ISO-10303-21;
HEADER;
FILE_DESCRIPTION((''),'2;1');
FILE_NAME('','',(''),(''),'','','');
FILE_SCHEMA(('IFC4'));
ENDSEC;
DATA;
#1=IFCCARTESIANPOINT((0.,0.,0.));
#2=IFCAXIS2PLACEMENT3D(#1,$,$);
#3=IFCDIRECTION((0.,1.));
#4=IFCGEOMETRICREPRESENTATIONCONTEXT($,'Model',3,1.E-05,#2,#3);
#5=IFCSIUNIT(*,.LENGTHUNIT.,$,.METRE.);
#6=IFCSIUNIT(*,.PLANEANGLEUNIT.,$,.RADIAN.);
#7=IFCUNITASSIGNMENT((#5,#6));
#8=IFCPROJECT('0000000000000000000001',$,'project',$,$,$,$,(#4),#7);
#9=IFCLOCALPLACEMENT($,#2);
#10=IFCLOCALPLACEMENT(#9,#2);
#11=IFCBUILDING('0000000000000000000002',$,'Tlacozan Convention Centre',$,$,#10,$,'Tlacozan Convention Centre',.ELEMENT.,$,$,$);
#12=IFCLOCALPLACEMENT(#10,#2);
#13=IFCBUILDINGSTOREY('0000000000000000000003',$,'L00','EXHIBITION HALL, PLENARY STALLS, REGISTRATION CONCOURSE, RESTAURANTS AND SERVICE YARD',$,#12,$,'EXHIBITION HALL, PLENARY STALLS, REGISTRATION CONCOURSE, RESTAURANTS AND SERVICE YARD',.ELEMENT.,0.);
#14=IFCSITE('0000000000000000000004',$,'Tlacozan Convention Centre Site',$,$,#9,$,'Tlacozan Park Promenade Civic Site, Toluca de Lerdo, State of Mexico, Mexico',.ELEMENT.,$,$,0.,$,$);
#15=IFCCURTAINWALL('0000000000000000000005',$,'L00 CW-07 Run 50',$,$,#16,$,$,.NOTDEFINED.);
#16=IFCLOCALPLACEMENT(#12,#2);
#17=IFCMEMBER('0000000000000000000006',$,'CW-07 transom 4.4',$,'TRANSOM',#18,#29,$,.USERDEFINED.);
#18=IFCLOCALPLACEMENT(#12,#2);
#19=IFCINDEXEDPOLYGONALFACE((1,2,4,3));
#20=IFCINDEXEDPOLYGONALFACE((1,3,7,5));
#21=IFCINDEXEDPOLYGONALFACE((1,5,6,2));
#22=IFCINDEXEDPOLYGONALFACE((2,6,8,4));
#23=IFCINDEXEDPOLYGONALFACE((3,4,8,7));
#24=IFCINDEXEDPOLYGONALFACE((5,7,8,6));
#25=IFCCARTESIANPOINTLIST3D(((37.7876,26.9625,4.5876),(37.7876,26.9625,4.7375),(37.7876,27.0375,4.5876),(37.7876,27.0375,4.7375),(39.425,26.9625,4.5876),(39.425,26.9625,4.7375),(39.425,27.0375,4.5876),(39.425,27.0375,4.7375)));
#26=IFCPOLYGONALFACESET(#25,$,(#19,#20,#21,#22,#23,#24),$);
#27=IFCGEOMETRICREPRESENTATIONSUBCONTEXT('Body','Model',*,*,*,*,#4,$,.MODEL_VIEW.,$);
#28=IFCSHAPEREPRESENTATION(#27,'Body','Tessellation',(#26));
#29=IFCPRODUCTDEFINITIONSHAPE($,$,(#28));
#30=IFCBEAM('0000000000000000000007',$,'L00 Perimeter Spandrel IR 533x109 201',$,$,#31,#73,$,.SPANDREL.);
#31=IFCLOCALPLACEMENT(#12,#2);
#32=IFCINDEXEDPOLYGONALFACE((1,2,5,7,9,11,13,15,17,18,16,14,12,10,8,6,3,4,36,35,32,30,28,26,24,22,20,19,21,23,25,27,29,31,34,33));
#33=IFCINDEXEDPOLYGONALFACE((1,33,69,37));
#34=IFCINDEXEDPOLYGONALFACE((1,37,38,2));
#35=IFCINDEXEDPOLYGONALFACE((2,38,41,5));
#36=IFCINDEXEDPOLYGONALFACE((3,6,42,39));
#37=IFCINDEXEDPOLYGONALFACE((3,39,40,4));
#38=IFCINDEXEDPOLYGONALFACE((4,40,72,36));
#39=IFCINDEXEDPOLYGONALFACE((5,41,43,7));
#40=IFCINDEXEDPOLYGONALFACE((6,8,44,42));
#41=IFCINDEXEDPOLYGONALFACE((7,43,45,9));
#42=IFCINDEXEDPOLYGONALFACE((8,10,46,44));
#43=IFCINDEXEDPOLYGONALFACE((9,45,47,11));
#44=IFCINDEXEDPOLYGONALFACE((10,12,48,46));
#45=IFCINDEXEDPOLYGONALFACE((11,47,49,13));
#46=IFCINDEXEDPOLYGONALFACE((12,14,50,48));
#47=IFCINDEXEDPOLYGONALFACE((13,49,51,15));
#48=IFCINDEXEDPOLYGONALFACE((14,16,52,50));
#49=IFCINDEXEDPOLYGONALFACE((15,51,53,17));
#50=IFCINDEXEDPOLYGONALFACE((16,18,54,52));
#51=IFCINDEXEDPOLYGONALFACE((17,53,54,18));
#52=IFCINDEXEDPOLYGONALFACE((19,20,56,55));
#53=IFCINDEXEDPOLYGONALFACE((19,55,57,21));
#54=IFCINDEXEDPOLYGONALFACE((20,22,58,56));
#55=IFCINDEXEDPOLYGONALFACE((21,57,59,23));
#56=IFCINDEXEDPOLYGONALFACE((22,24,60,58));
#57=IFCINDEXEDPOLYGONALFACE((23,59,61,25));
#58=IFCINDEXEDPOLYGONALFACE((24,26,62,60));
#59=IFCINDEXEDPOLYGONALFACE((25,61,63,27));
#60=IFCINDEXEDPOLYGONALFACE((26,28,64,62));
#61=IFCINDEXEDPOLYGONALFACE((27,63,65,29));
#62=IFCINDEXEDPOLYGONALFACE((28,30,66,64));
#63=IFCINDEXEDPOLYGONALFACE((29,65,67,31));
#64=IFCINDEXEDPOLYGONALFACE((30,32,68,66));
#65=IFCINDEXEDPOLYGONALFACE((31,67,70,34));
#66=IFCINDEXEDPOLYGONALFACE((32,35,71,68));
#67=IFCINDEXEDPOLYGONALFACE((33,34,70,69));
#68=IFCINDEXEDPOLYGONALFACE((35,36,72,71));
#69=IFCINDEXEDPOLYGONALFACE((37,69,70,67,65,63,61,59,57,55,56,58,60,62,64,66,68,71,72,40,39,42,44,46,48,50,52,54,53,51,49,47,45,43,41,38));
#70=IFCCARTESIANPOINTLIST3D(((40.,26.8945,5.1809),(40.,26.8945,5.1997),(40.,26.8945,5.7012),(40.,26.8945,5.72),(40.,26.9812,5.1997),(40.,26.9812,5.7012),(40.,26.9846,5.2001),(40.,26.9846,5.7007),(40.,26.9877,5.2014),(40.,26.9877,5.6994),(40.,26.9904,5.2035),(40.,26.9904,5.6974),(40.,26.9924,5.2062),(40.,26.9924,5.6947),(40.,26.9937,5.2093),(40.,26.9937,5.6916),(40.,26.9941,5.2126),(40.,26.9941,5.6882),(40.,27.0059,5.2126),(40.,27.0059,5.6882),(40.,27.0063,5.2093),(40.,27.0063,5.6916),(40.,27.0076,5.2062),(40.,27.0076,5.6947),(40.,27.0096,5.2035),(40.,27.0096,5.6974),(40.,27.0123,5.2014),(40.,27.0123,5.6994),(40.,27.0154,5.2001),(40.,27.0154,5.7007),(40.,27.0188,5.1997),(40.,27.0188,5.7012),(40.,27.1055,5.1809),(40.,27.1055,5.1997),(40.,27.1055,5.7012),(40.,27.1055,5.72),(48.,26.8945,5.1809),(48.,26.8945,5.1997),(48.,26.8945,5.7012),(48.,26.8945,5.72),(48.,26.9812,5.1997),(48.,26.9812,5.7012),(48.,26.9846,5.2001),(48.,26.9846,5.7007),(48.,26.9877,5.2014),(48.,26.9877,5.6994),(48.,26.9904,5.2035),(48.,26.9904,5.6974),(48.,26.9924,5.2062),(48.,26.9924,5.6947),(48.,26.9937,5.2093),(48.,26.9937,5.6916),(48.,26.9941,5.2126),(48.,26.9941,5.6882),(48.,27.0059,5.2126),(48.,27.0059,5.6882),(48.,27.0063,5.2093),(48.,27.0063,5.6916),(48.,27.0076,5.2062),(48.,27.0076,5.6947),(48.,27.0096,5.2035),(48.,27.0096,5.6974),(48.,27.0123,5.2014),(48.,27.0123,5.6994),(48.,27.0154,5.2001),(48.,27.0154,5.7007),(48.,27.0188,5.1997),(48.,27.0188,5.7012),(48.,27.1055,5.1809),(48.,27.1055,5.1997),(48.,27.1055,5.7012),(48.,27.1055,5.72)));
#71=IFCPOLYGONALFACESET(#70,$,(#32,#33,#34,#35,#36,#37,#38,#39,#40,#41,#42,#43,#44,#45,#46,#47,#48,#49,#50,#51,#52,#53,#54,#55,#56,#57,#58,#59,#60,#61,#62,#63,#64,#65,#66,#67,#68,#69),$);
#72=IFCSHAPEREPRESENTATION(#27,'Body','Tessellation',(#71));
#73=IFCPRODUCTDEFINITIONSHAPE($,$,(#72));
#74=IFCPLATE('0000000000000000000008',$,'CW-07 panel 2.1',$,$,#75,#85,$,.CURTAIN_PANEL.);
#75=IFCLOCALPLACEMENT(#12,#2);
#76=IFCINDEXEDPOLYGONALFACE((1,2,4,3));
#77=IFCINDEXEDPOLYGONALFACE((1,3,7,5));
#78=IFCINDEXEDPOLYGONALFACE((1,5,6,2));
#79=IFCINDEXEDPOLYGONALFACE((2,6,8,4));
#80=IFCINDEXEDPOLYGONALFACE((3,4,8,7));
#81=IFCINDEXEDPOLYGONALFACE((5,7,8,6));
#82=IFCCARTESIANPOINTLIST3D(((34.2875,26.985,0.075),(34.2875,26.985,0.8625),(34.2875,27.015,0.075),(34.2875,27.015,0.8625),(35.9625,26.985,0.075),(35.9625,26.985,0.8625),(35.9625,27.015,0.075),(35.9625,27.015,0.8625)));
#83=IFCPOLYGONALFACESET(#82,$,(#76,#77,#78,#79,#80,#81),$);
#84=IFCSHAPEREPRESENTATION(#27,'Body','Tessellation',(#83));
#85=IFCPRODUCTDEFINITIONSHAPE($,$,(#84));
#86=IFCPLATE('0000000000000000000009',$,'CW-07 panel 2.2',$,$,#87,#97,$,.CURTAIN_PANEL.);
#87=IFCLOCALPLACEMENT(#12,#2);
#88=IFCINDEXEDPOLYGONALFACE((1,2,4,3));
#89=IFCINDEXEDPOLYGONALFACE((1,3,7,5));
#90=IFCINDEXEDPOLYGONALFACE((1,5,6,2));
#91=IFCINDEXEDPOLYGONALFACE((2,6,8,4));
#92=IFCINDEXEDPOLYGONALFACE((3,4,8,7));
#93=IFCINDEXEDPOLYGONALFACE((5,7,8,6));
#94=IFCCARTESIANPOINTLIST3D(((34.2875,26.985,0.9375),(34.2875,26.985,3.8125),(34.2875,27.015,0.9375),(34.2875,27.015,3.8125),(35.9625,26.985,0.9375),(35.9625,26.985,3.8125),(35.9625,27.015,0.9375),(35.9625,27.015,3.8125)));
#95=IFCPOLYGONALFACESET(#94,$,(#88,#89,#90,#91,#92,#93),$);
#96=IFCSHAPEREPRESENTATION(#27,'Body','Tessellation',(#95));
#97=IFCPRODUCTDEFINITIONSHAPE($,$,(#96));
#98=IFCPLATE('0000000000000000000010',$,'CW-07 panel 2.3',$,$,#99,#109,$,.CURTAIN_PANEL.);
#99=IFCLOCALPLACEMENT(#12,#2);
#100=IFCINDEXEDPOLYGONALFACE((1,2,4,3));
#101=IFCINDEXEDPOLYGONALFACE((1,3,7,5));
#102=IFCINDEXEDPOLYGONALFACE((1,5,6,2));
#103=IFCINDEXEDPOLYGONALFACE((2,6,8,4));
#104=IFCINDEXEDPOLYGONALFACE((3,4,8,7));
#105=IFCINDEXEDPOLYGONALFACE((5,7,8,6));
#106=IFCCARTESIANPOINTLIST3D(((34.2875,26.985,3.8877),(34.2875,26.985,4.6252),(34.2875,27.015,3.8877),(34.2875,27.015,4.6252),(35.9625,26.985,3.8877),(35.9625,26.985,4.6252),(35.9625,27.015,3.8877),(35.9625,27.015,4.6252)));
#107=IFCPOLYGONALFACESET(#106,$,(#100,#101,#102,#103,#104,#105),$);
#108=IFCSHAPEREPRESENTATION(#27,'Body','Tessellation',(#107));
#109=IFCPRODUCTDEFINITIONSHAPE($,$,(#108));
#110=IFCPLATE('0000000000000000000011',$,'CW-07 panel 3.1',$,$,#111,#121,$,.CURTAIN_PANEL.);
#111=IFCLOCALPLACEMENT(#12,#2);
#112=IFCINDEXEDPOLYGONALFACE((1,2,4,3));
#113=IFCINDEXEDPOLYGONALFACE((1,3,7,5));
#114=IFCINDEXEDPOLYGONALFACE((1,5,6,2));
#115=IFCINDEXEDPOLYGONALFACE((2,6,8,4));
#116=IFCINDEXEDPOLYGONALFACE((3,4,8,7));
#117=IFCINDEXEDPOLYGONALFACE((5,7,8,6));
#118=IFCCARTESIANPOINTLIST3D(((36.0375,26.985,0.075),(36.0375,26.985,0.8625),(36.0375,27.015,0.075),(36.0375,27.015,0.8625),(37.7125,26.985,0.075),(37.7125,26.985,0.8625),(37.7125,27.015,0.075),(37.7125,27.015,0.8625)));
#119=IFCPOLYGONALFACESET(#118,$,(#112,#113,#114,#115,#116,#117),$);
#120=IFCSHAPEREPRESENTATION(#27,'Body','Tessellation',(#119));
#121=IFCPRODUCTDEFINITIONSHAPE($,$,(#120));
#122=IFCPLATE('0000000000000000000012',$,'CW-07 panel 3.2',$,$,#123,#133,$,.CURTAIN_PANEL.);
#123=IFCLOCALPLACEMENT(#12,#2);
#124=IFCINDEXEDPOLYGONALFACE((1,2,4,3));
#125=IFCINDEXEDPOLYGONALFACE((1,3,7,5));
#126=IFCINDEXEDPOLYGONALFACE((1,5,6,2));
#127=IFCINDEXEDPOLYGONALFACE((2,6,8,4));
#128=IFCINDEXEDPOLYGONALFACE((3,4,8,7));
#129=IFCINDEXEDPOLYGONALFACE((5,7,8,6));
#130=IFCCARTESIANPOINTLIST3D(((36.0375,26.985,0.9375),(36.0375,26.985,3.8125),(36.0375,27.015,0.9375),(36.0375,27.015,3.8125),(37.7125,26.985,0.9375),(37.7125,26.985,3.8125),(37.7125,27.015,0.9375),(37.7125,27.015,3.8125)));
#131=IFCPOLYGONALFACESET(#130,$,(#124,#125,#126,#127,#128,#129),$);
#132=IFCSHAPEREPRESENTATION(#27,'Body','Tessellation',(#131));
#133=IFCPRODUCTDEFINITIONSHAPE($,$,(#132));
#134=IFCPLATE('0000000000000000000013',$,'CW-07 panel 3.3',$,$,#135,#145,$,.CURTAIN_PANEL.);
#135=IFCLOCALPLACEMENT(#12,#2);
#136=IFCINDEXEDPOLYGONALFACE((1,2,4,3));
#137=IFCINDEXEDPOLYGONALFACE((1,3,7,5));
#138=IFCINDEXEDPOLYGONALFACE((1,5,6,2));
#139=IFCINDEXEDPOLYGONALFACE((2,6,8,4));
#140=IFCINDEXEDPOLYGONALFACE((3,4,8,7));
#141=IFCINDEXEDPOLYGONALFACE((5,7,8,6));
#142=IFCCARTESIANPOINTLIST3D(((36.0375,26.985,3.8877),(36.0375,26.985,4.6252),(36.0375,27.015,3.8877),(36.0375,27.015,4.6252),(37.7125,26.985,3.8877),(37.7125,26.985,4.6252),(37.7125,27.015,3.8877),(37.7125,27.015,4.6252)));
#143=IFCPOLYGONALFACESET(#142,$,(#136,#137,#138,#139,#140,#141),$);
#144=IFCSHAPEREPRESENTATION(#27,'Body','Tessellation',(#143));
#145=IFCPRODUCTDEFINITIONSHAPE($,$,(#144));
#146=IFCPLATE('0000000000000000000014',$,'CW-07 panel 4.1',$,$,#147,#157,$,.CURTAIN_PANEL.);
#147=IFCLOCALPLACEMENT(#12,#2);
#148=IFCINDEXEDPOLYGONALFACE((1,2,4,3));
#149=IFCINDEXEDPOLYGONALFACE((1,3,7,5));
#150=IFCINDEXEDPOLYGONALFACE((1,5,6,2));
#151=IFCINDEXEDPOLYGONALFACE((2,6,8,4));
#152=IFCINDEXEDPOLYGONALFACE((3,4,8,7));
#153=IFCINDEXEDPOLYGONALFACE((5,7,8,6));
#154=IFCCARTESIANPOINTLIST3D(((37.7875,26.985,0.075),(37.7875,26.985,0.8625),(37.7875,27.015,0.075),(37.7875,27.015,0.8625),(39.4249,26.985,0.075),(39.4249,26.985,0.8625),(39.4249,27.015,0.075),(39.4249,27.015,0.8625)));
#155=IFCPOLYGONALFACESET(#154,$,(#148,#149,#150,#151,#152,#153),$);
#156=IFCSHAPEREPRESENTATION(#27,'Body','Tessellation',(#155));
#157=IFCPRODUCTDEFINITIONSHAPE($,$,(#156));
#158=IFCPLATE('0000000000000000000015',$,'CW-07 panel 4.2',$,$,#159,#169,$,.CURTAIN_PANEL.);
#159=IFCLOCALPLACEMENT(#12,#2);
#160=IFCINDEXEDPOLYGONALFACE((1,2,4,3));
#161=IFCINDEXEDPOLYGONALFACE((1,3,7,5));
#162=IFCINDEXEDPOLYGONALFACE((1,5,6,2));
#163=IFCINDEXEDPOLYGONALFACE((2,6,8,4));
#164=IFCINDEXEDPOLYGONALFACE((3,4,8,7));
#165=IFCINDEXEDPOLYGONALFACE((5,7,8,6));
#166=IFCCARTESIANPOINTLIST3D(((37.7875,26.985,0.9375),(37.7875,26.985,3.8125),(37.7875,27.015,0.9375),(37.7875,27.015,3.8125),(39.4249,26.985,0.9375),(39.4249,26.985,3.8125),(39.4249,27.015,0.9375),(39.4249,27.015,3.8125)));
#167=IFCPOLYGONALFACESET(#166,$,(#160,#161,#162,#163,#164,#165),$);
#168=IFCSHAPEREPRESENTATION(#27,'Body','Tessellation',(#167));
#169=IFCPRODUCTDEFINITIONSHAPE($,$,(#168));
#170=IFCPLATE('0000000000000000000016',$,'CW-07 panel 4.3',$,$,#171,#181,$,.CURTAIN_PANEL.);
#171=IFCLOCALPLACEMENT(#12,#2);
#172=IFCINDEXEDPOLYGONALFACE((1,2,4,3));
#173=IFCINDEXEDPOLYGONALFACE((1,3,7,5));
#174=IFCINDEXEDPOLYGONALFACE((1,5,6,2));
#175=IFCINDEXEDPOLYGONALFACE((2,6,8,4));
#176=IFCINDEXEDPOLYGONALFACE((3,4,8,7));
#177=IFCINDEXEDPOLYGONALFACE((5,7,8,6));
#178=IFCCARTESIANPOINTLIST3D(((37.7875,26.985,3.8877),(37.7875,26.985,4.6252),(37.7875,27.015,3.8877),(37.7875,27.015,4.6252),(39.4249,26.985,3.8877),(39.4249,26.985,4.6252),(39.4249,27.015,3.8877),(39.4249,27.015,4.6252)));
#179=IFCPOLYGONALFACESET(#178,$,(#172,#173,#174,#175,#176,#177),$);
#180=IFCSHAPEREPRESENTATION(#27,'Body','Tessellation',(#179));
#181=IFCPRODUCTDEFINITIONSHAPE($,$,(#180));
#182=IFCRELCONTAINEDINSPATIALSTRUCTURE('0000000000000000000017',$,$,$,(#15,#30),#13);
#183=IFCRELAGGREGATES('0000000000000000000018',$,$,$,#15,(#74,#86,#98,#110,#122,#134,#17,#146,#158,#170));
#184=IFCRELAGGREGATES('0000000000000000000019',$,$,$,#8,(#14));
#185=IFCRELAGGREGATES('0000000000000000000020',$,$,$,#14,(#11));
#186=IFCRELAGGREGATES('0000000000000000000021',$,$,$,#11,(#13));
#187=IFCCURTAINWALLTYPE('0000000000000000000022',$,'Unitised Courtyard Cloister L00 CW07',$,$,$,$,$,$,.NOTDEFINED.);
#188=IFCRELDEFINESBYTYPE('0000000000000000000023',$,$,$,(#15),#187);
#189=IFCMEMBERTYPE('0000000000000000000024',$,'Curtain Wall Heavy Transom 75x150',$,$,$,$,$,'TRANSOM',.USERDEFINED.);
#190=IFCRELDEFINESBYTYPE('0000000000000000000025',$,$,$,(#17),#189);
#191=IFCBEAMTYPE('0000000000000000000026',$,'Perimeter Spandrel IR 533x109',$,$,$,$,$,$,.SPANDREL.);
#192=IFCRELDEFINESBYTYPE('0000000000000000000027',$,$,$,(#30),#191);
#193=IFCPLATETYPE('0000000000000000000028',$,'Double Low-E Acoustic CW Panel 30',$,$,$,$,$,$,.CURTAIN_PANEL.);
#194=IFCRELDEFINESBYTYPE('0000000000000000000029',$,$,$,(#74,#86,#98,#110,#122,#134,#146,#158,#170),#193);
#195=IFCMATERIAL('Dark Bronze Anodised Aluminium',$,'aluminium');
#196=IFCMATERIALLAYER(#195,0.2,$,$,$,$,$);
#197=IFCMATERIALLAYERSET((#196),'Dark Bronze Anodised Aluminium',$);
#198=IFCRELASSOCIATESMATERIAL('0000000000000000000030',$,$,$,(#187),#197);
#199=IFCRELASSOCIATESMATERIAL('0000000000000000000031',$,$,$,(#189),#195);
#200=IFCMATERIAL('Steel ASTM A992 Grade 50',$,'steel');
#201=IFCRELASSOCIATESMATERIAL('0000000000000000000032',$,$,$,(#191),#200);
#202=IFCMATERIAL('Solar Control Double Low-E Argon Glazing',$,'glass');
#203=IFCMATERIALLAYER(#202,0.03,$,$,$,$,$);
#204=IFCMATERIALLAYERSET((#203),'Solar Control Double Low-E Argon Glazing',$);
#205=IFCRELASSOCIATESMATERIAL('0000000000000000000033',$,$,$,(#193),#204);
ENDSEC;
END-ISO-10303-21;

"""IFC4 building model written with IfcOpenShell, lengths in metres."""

from ifc_helpers import new_model, si_unit, direction, frame, origin, origin_2d, place, context, subcontext, project, spatial, rectangle, i_section, extrude, material, layer, layer_set, material_profile, profile_set, type_object, element, aggregate, save


model = new_model("IFC4")

# Units and contexts
model_context = context("Model", 3, precision=1e-05, world=origin(), true_north=direction((0.0, 1.0)))
body_context = subcontext(model_context, "Body", "Model", "MODEL_VIEW")
ifc_project = project(units=[si_unit("LENGTHUNIT", "METRE"), si_unit("PLANEANGLEUNIT", "RADIAN")], contexts=[model_context])

# Site, building, storey
site_placement = place(None, origin())
site = spatial("IfcSite", under=ifc_project, at=site_placement, Name="Tlacozan Convention Centre Site", LongName="Tlacozan Park Promenade Civic Site, Toluca de Lerdo, State of Mexico, Mexico", CompositionType="ELEMENT", RefElevation=0.0)
building_placement = place(site_placement, origin())
building = spatial("IfcBuilding", under=site, at=building_placement, Name="Tlacozan Convention Centre", LongName="Tlacozan Convention Centre", CompositionType="ELEMENT")
storey_placement = place(building_placement, origin())
storey = spatial("IfcBuildingStorey", under=building, at=storey_placement, Name="L00", Description="EXHIBITION HALL, PLENARY STALLS, REGISTRATION CONCOURSE, RESTAURANTS AND SERVICE YARD", LongName="EXHIBITION HALL, PLENARY STALLS, REGISTRATION CONCOURSE, RESTAURANTS AND SERVICE YARD", CompositionType="ELEMENT", Elevation=0.0)

# Curtain wall, member
ifc_material_1 = material(Name="Dark Bronze Anodised Aluminium", Category="aluminium")
ifc_layer_1 = layer(ifc_material_1, 0.2)
ifc_layer_set_1 = layer_set([ifc_layer_1], Name="Dark Bronze Anodised Aluminium")
curtain_wall_type = type_object("IfcCurtainWallType", Name="Unitised Courtyard Cloister L00 CW07", PredefinedType="NOTDEFINED", material=ifc_layer_set_1)
curtain_wall_placement = place(storey_placement, origin())
curtain_wall = element("IfcCurtainWall", 1, at=curtain_wall_placement, inside=storey, type_object=curtain_wall_type, Name="L00 CW-07 Run 50", PredefinedType="NOTDEFINED")
ifc_material_profile_1 = material_profile(ifc_material_1, rectangle(XDim=0.075, YDim=0.1499, at=origin_2d()), Name="ALU 75x150")
ifc_profile_set_1 = profile_set([ifc_material_profile_1], Name="Dark Bronze Anodised Aluminium")
member_type_1 = type_object("IfcMemberType", Name="Curtain Wall Heavy Transom 75x150", ElementType="TRANSOM", PredefinedType="USERDEFINED", material=ifc_profile_set_1)
member_1_placement = place(storey_placement, frame((37.7876, 27.0, 4.6626), z_axis=(1.0, 0.0, 0.0), x_axis=(0.0, 1.0, 0.0)))
member_1 = element("IfcMember", 2, at=member_1_placement, type_object=member_type_1, Name="CW-07 transom 4.4", ObjectType="TRANSOM", PredefinedType="USERDEFINED", context=body_context, shape_type="SweptSolid", body=[
    extrude(rectangle(XDim=0.075, YDim=0.1499, at=origin_2d()), origin(), (0.0, 0.0, 1.0), 1.6375),
])

# Beam
ifc_material_2 = material(Name="Steel ASTM A992 Grade 50", Category="steel")
ifc_material_profile_2 = material_profile(ifc_material_2, i_section(OverallWidth=0.2109, OverallDepth=0.5391, WebThickness=0.0117, FlangeThickness=0.0188, FilletRadius=0.0129, at=origin_2d()), Name="IR 533x109.0")
ifc_profile_set_2 = profile_set([ifc_material_profile_2], Name="Steel ASTM A992 Grade 50")
beam_type = type_object("IfcBeamType", Name="Perimeter Spandrel IR 533x109", PredefinedType="SPANDREL", material=ifc_profile_set_2)
beam_placement = place(storey_placement, frame((40.0, 27.0, 5.4504), z_axis=(1.0, 0.0, 0.0), x_axis=(0.0, 1.0, 0.0)))
element("IfcBeam", 3, at=beam_placement, inside=storey, type_object=beam_type, Name="L00 Perimeter Spandrel IR 533x109 201", PredefinedType="SPANDREL", context=body_context, shape_type="SweptSolid", body=[
    extrude(i_section(OverallWidth=0.2109, OverallDepth=0.5391, WebThickness=0.0117, FlangeThickness=0.0188, FilletRadius=0.0129, at=origin_2d()), origin(), (0.0, 0.0, 1.0), 8.0),
])

# Plates
ifc_material_3 = material(Name="Solar Control Double Low-E Argon Glazing", Category="glass")
ifc_layer_2 = layer(ifc_material_3, 0.03)
ifc_layer_set_2 = layer_set([ifc_layer_2], Name="Solar Control Double Low-E Argon Glazing")
plate_type = type_object("IfcPlateType", Name="Double Low-E Acoustic CW Panel 30", PredefinedType="CURTAIN_PANEL", material=ifc_layer_set_2)
plate_1_placement = place(storey_placement, frame((35.125, 27.0, 0.075), z_axis=(0.0, 0.0, 1.0), x_axis=(1.0, 0.0, 0.0)))
plate_1 = element("IfcPlate", 4, at=plate_1_placement, type_object=plate_type, Name="CW-07 panel 2.1", PredefinedType="CURTAIN_PANEL", context=body_context, shape_type="SweptSolid", body=[
    extrude(rectangle(XDim=1.675, YDim=0.03, at=origin_2d()), origin(), (0.0, 0.0, 1.0), 0.7876),
])
plate_2_placement = place(storey_placement, frame((35.125, 27.0, 0.9375), z_axis=(0.0, 0.0, 1.0), x_axis=(1.0, 0.0, 0.0)))
plate_2 = element("IfcPlate", 5, at=plate_2_placement, type_object=plate_type, Name="CW-07 panel 2.2", PredefinedType="CURTAIN_PANEL", context=body_context, shape_type="SweptSolid", body=[
    extrude(rectangle(XDim=1.675, YDim=0.03, at=origin_2d()), origin(), (0.0, 0.0, 1.0), 2.875),
])
plate_3_placement = place(storey_placement, frame((35.125, 27.0, 3.8877), z_axis=(0.0, 0.0, 1.0), x_axis=(1.0, 0.0, 0.0)))
plate_3 = element("IfcPlate", 6, at=plate_3_placement, type_object=plate_type, Name="CW-07 panel 2.3", PredefinedType="CURTAIN_PANEL", context=body_context, shape_type="SweptSolid", body=[
    extrude(rectangle(XDim=1.675, YDim=0.03, at=origin_2d()), origin(), (0.0, 0.0, 1.0), 0.7375),
])
plate_4_placement = place(storey_placement, frame((36.875, 27.0, 0.075), z_axis=(0.0, 0.0, 1.0), x_axis=(1.0, 0.0, 0.0)))
plate_4 = element("IfcPlate", 7, at=plate_4_placement, type_object=plate_type, Name="CW-07 panel 3.1", PredefinedType="CURTAIN_PANEL", context=body_context, shape_type="SweptSolid", body=[
    extrude(rectangle(XDim=1.675, YDim=0.03, at=origin_2d()), origin(), (0.0, 0.0, 1.0), 0.7876),
])
plate_5_placement = place(storey_placement, frame((36.875, 27.0, 0.9375), z_axis=(0.0, 0.0, 1.0), x_axis=(1.0, 0.0, 0.0)))
plate_5 = element("IfcPlate", 8, at=plate_5_placement, type_object=plate_type, Name="CW-07 panel 3.2", PredefinedType="CURTAIN_PANEL", context=body_context, shape_type="SweptSolid", body=[
    extrude(rectangle(XDim=1.675, YDim=0.03, at=origin_2d()), origin(), (0.0, 0.0, 1.0), 2.875),
])
plate_6_placement = place(storey_placement, frame((36.875, 27.0, 3.8877), z_axis=(0.0, 0.0, 1.0), x_axis=(1.0, 0.0, 0.0)))
plate_6 = element("IfcPlate", 9, at=plate_6_placement, type_object=plate_type, Name="CW-07 panel 3.3", PredefinedType="CURTAIN_PANEL", context=body_context, shape_type="SweptSolid", body=[
    extrude(rectangle(XDim=1.675, YDim=0.03, at=origin_2d()), origin(), (0.0, 0.0, 1.0), 0.7375),
])
plate_7_placement = place(storey_placement, frame((38.6062, 27.0, 0.075), z_axis=(0.0, 0.0, 1.0), x_axis=(1.0, 0.0, 0.0)))
plate_7 = element("IfcPlate", 10, at=plate_7_placement, type_object=plate_type, Name="CW-07 panel 4.1", PredefinedType="CURTAIN_PANEL", context=body_context, shape_type="SweptSolid", body=[
    extrude(rectangle(XDim=1.6375, YDim=0.03, at=origin_2d()), origin(), (0.0, 0.0, 1.0), 0.7876),
])
plate_8_placement = place(storey_placement, frame((38.6062, 27.0, 0.9375), z_axis=(0.0, 0.0, 1.0), x_axis=(1.0, 0.0, 0.0)))
plate_8 = element("IfcPlate", 11, at=plate_8_placement, type_object=plate_type, Name="CW-07 panel 4.2", PredefinedType="CURTAIN_PANEL", context=body_context, shape_type="SweptSolid", body=[
    extrude(rectangle(XDim=1.6375, YDim=0.03, at=origin_2d()), origin(), (0.0, 0.0, 1.0), 2.875),
])
plate_9_placement = place(storey_placement, frame((38.6062, 27.0, 3.8877), z_axis=(0.0, 0.0, 1.0), x_axis=(1.0, 0.0, 0.0)))
plate_9 = element("IfcPlate", 12, at=plate_9_placement, type_object=plate_type, Name="CW-07 panel 4.3", PredefinedType="CURTAIN_PANEL", context=body_context, shape_type="SweptSolid", body=[
    extrude(rectangle(XDim=1.6375, YDim=0.03, at=origin_2d()), origin(), (0.0, 0.0, 1.0), 0.7375),
])
aggregate(curtain_wall, [plate_1, plate_2, plate_3, plate_4, plate_5, plate_6, member_1, plate_7, plate_8, plate_9])

save(model, "model.ifc")
